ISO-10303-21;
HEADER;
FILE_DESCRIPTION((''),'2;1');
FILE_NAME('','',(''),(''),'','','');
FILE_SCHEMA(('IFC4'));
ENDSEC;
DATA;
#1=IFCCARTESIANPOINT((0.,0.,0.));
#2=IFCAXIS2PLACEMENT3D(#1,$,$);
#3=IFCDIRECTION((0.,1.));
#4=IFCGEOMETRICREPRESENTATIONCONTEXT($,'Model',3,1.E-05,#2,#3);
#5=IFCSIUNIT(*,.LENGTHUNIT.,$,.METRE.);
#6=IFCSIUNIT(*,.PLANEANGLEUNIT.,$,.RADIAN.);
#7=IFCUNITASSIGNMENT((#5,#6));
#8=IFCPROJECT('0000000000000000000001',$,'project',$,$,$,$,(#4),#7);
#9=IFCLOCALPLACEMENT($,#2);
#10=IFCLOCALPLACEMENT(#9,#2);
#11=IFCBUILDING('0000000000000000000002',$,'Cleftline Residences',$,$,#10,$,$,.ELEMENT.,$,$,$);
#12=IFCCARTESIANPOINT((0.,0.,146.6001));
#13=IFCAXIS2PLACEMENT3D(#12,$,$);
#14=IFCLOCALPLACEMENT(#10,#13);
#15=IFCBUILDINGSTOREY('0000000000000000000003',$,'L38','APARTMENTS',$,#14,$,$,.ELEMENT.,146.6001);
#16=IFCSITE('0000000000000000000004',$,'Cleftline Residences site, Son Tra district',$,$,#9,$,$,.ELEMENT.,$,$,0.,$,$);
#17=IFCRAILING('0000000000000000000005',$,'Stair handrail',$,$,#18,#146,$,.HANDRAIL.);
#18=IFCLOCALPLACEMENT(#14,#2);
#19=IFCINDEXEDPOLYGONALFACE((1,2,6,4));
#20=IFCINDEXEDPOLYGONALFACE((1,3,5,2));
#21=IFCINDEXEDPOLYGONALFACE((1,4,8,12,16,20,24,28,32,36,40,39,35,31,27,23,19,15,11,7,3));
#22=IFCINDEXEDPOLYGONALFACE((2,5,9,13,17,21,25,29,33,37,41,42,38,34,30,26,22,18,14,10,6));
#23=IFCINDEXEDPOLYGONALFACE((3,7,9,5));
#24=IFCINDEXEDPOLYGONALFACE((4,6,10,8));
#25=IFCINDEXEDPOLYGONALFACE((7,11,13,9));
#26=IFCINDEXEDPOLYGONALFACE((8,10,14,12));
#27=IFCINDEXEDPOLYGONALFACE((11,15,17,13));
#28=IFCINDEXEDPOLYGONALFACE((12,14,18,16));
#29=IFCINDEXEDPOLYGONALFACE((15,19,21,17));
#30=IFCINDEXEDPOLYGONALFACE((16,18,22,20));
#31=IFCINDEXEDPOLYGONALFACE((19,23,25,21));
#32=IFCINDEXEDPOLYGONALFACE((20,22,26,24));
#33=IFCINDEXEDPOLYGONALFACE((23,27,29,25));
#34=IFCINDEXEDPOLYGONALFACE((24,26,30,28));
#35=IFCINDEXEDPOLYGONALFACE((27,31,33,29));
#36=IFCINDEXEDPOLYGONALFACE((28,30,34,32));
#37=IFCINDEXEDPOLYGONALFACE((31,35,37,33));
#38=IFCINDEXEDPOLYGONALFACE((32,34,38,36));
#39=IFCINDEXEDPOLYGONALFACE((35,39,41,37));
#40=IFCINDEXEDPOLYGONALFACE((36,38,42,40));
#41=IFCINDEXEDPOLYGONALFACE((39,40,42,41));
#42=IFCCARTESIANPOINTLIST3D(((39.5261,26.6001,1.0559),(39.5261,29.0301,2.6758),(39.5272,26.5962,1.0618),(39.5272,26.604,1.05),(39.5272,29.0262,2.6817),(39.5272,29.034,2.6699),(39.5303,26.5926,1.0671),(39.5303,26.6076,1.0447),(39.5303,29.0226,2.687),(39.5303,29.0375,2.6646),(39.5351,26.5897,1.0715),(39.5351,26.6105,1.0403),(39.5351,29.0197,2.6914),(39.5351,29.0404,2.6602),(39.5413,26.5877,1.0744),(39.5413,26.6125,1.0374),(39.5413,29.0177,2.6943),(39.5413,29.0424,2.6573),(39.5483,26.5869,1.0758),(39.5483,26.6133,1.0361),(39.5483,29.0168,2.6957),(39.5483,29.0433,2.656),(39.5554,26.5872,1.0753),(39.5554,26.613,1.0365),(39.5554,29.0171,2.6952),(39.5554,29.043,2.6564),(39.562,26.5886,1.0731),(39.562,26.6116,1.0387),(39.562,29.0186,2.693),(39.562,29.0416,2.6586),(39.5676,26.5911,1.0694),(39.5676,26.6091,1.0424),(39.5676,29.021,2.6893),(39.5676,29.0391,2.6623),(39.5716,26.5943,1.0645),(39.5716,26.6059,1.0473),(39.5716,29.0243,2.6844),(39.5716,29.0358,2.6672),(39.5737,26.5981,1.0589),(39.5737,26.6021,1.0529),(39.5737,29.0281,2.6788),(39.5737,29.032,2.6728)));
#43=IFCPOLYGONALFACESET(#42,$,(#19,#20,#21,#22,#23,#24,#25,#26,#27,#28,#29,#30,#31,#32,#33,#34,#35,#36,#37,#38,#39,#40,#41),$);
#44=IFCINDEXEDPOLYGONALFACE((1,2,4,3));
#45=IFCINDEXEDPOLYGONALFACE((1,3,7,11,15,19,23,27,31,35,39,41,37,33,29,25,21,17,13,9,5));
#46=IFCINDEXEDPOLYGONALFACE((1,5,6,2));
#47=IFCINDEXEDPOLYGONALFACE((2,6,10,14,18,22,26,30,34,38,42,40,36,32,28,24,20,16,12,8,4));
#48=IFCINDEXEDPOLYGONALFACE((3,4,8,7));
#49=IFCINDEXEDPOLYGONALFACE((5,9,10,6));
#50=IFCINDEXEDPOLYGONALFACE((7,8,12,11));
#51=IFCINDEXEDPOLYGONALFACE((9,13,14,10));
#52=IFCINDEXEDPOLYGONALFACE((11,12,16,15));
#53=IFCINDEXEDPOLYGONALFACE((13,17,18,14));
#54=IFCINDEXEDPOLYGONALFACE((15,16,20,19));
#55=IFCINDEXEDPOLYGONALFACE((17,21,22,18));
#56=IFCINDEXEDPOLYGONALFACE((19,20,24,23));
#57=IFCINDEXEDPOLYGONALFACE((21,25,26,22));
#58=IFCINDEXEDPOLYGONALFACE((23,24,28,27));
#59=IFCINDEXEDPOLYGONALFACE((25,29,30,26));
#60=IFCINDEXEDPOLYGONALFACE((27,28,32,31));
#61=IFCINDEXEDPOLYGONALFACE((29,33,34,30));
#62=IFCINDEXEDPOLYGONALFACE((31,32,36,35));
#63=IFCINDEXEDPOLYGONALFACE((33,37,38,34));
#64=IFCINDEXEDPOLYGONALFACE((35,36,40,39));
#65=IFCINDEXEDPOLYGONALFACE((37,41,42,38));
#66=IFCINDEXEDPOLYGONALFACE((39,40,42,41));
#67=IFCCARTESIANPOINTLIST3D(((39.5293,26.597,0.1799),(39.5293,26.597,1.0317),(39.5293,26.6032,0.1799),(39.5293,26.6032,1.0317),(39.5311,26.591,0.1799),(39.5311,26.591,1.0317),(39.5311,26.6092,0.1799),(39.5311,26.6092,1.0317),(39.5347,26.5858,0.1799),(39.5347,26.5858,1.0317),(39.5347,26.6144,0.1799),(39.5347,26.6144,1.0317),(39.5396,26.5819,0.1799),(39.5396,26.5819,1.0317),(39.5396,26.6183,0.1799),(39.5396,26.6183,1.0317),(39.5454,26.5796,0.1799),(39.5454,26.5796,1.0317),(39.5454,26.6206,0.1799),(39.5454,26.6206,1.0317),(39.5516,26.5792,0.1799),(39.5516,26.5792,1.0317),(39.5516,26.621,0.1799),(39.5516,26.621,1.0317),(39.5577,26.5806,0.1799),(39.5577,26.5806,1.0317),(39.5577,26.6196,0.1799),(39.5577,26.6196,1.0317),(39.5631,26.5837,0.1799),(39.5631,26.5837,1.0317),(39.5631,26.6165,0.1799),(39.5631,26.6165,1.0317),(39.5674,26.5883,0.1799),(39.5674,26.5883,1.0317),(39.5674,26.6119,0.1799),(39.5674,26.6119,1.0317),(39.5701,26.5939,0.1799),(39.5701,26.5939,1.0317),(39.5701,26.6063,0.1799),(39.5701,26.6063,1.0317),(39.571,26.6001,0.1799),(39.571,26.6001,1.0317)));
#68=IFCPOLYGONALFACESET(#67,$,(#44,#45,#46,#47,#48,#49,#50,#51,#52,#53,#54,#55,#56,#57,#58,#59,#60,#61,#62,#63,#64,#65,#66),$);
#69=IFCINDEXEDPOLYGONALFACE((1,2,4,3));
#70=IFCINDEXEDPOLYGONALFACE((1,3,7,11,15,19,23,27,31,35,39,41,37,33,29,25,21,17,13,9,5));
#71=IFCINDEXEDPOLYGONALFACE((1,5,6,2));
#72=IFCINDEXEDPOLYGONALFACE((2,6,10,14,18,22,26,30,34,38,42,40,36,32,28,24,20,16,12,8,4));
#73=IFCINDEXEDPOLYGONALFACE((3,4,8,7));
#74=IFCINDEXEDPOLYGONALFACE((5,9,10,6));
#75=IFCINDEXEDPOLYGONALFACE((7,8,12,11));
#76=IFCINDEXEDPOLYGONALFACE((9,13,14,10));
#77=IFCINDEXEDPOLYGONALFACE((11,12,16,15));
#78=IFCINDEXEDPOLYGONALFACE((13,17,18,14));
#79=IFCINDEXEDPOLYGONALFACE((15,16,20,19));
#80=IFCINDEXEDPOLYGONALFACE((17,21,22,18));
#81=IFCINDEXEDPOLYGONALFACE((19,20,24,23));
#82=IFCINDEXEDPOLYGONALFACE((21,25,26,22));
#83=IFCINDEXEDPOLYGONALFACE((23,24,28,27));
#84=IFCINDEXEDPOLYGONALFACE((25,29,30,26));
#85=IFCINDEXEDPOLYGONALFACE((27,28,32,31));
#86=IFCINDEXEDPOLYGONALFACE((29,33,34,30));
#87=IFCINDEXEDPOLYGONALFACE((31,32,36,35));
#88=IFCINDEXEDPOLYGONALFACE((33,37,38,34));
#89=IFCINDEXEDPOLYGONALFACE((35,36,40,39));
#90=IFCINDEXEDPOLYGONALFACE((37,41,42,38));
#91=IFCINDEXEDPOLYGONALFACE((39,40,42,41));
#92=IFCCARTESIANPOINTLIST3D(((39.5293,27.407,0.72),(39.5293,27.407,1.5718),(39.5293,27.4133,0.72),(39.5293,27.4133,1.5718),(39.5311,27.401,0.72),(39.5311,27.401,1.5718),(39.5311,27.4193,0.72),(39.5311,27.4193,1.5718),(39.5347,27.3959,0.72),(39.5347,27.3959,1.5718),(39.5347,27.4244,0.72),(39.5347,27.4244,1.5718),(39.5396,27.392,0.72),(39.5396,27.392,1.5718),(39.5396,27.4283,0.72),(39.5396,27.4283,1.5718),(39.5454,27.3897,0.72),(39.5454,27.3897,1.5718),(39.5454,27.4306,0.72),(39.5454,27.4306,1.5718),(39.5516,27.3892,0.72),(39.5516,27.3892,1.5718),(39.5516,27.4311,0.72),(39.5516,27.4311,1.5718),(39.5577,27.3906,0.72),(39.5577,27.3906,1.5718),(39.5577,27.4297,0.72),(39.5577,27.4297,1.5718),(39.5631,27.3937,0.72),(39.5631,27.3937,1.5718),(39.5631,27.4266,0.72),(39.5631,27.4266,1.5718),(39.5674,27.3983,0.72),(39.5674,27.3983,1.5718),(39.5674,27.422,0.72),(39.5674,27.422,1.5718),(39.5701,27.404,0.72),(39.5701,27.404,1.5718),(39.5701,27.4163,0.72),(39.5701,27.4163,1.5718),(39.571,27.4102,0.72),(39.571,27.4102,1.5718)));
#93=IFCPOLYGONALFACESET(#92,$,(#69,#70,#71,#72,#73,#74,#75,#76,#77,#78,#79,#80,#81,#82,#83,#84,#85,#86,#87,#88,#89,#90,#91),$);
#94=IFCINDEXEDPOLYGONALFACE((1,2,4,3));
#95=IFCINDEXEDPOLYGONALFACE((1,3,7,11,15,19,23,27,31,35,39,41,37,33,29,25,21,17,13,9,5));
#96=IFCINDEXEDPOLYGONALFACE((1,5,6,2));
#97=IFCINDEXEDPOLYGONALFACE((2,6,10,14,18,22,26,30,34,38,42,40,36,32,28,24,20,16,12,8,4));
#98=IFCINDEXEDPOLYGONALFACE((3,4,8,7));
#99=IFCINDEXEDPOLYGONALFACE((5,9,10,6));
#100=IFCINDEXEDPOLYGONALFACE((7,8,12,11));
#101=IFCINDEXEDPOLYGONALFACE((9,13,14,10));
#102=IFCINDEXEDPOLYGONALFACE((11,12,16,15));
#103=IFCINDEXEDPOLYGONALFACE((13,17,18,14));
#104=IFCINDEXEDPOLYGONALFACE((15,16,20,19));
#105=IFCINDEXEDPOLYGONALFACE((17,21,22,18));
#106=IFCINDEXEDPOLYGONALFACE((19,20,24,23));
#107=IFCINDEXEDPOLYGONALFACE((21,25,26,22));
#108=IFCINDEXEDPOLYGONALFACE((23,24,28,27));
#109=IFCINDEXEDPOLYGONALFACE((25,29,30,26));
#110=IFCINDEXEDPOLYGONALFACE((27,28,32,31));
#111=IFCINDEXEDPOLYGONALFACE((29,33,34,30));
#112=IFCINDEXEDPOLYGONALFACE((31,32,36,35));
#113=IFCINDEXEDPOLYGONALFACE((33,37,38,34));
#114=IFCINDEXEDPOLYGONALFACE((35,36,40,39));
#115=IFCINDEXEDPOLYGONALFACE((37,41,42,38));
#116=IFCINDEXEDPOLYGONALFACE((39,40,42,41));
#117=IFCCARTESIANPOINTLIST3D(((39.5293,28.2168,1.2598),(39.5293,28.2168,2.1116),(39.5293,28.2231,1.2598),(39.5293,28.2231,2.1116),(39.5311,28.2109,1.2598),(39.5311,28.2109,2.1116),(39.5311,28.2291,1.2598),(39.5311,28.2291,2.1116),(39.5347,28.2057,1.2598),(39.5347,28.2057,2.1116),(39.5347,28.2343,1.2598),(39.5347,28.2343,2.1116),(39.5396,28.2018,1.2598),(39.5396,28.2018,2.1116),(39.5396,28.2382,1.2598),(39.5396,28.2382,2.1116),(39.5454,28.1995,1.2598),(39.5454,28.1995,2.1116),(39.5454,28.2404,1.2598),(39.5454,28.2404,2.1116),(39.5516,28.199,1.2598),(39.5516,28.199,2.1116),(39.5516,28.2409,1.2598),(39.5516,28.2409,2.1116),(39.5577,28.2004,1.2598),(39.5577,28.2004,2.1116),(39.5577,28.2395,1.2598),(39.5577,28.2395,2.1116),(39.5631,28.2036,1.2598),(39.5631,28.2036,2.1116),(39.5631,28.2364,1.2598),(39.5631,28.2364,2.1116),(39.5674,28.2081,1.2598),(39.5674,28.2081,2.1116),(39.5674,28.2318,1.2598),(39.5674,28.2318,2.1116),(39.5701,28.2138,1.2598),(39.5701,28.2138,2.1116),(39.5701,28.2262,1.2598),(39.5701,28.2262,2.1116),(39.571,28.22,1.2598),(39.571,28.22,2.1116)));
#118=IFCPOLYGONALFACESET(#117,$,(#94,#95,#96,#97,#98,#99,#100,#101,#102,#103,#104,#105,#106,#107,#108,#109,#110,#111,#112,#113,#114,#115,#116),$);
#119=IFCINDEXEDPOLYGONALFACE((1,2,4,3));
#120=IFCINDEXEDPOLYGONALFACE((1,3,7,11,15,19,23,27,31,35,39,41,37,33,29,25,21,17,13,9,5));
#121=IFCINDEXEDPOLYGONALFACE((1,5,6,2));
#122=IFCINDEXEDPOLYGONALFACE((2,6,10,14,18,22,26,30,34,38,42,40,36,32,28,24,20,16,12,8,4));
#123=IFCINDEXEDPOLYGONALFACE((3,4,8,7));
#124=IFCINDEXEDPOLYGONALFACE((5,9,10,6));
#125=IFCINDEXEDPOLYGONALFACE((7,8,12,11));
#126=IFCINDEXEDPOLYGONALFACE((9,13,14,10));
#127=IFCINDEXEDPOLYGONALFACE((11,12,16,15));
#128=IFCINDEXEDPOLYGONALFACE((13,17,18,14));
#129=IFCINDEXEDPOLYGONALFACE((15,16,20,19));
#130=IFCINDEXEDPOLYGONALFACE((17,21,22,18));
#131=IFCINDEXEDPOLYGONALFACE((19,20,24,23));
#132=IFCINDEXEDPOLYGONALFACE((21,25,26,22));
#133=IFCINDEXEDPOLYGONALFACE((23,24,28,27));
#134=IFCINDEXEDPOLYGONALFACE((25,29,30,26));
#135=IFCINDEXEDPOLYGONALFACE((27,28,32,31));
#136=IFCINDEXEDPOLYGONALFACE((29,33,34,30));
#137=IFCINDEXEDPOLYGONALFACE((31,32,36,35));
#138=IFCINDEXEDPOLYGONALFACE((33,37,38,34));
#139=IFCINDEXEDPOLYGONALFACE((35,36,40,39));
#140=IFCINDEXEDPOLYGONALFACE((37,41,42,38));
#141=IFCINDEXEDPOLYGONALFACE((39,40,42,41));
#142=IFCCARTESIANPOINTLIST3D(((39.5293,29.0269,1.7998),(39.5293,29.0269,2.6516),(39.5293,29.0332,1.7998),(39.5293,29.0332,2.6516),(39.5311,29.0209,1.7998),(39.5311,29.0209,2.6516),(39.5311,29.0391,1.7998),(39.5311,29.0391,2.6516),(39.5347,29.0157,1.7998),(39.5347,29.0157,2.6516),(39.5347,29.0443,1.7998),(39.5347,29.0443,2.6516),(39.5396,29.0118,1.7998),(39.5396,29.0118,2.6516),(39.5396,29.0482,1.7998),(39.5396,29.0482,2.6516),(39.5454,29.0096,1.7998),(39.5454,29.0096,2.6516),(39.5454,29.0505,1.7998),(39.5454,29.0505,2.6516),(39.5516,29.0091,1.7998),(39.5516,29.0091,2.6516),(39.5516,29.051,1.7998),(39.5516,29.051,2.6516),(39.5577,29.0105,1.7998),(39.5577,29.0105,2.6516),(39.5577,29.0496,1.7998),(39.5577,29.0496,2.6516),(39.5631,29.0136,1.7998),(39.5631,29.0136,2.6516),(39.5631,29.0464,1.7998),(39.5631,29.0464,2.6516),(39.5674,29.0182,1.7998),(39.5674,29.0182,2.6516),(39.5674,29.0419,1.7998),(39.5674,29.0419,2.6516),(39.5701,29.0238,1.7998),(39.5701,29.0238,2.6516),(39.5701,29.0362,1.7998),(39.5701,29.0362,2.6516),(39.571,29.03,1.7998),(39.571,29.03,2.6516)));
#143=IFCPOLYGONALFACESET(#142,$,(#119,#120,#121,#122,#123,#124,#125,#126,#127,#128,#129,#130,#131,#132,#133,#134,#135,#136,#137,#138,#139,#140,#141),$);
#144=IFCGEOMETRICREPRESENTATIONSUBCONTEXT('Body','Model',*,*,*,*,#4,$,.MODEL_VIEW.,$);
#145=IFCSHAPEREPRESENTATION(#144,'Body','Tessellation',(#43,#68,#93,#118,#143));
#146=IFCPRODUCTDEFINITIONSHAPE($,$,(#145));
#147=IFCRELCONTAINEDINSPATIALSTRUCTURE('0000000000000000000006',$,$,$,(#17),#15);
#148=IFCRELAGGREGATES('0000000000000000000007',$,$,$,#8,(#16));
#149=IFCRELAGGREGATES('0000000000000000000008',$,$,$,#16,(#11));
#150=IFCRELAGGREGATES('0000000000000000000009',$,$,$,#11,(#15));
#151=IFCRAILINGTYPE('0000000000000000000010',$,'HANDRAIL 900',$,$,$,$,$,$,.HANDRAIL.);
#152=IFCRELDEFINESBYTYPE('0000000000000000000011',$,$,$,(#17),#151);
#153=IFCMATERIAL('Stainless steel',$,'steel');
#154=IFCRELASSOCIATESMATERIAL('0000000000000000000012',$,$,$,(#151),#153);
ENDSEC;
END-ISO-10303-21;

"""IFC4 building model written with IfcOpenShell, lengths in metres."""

from ifc_helpers import new_model, si_unit, direction, frame, origin, origin_2d, place, context, subcontext, project, spatial, circle, extrude, material, type_object, element, save


model = new_model("IFC4")

# Units and contexts
model_context = context("Model", 3, precision=1e-05, world=origin(), true_north=direction((0.0, 1.0)))
body_context = subcontext(model_context, "Body", "Model", "MODEL_VIEW")
ifc_project = project(units=[si_unit("LENGTHUNIT", "METRE"), si_unit("PLANEANGLEUNIT", "RADIAN")], contexts=[model_context])

# Site, building, storey
site_placement = place(None, origin())
site = spatial("IfcSite", under=ifc_project, at=site_placement, Name="Cleftline Residences site, Son Tra district", CompositionType="ELEMENT", RefElevation=0.0)
building_placement = place(site_placement, origin())
building = spatial("IfcBuilding", under=site, at=building_placement, Name="Cleftline Residences", CompositionType="ELEMENT")
storey_placement = place(building_placement, frame((0.0, 0.0, 146.6001)))
storey = spatial("IfcBuildingStorey", under=building, at=storey_placement, Name="L38", Description="APARTMENTS", CompositionType="ELEMENT", Elevation=146.6001)

# Railing
ifc_material_1 = material(Name="Stainless steel", Category="steel")
railing_type = type_object("IfcRailingType", Name="HANDRAIL 900", PredefinedType="HANDRAIL", material=ifc_material_1)
railing_1_placement = place(storey_placement, frame((39.55, 26.6001, 0.1799)))
element("IfcRailing", 1, at=railing_1_placement, inside=storey, type_object=railing_type, Name="Stair handrail", PredefinedType="HANDRAIL", context=body_context, shape_type="SweptSolid", body=[
    extrude(circle(Radius=0.0239, at=origin_2d()), frame((0.0, 0.0, 0.876), z_axis=(0.0, 0.832063, 0.554681), x_axis=(-1.0, 0.0, 0.0)), (0.0, 0.0, 1.0), 2.9204),
    extrude(circle(Radius=0.021, at=origin_2d()), origin(), (0.0, 0.0, 1.0), 0.8518),
    extrude(circle(Radius=0.021, at=origin_2d()), frame((0.0, 0.8101, 0.54)), (0.0, 0.0, 1.0), 0.8518),
    extrude(circle(Radius=0.021, at=origin_2d()), frame((0.0, 1.6199, 1.0798)), (0.0, 0.0, 1.0), 0.8518),
    extrude(circle(Radius=0.021, at=origin_2d()), frame((0.0, 2.4299, 1.6199)), (0.0, 0.0, 1.0), 0.8518),
])

save(model, "model.ifc")
